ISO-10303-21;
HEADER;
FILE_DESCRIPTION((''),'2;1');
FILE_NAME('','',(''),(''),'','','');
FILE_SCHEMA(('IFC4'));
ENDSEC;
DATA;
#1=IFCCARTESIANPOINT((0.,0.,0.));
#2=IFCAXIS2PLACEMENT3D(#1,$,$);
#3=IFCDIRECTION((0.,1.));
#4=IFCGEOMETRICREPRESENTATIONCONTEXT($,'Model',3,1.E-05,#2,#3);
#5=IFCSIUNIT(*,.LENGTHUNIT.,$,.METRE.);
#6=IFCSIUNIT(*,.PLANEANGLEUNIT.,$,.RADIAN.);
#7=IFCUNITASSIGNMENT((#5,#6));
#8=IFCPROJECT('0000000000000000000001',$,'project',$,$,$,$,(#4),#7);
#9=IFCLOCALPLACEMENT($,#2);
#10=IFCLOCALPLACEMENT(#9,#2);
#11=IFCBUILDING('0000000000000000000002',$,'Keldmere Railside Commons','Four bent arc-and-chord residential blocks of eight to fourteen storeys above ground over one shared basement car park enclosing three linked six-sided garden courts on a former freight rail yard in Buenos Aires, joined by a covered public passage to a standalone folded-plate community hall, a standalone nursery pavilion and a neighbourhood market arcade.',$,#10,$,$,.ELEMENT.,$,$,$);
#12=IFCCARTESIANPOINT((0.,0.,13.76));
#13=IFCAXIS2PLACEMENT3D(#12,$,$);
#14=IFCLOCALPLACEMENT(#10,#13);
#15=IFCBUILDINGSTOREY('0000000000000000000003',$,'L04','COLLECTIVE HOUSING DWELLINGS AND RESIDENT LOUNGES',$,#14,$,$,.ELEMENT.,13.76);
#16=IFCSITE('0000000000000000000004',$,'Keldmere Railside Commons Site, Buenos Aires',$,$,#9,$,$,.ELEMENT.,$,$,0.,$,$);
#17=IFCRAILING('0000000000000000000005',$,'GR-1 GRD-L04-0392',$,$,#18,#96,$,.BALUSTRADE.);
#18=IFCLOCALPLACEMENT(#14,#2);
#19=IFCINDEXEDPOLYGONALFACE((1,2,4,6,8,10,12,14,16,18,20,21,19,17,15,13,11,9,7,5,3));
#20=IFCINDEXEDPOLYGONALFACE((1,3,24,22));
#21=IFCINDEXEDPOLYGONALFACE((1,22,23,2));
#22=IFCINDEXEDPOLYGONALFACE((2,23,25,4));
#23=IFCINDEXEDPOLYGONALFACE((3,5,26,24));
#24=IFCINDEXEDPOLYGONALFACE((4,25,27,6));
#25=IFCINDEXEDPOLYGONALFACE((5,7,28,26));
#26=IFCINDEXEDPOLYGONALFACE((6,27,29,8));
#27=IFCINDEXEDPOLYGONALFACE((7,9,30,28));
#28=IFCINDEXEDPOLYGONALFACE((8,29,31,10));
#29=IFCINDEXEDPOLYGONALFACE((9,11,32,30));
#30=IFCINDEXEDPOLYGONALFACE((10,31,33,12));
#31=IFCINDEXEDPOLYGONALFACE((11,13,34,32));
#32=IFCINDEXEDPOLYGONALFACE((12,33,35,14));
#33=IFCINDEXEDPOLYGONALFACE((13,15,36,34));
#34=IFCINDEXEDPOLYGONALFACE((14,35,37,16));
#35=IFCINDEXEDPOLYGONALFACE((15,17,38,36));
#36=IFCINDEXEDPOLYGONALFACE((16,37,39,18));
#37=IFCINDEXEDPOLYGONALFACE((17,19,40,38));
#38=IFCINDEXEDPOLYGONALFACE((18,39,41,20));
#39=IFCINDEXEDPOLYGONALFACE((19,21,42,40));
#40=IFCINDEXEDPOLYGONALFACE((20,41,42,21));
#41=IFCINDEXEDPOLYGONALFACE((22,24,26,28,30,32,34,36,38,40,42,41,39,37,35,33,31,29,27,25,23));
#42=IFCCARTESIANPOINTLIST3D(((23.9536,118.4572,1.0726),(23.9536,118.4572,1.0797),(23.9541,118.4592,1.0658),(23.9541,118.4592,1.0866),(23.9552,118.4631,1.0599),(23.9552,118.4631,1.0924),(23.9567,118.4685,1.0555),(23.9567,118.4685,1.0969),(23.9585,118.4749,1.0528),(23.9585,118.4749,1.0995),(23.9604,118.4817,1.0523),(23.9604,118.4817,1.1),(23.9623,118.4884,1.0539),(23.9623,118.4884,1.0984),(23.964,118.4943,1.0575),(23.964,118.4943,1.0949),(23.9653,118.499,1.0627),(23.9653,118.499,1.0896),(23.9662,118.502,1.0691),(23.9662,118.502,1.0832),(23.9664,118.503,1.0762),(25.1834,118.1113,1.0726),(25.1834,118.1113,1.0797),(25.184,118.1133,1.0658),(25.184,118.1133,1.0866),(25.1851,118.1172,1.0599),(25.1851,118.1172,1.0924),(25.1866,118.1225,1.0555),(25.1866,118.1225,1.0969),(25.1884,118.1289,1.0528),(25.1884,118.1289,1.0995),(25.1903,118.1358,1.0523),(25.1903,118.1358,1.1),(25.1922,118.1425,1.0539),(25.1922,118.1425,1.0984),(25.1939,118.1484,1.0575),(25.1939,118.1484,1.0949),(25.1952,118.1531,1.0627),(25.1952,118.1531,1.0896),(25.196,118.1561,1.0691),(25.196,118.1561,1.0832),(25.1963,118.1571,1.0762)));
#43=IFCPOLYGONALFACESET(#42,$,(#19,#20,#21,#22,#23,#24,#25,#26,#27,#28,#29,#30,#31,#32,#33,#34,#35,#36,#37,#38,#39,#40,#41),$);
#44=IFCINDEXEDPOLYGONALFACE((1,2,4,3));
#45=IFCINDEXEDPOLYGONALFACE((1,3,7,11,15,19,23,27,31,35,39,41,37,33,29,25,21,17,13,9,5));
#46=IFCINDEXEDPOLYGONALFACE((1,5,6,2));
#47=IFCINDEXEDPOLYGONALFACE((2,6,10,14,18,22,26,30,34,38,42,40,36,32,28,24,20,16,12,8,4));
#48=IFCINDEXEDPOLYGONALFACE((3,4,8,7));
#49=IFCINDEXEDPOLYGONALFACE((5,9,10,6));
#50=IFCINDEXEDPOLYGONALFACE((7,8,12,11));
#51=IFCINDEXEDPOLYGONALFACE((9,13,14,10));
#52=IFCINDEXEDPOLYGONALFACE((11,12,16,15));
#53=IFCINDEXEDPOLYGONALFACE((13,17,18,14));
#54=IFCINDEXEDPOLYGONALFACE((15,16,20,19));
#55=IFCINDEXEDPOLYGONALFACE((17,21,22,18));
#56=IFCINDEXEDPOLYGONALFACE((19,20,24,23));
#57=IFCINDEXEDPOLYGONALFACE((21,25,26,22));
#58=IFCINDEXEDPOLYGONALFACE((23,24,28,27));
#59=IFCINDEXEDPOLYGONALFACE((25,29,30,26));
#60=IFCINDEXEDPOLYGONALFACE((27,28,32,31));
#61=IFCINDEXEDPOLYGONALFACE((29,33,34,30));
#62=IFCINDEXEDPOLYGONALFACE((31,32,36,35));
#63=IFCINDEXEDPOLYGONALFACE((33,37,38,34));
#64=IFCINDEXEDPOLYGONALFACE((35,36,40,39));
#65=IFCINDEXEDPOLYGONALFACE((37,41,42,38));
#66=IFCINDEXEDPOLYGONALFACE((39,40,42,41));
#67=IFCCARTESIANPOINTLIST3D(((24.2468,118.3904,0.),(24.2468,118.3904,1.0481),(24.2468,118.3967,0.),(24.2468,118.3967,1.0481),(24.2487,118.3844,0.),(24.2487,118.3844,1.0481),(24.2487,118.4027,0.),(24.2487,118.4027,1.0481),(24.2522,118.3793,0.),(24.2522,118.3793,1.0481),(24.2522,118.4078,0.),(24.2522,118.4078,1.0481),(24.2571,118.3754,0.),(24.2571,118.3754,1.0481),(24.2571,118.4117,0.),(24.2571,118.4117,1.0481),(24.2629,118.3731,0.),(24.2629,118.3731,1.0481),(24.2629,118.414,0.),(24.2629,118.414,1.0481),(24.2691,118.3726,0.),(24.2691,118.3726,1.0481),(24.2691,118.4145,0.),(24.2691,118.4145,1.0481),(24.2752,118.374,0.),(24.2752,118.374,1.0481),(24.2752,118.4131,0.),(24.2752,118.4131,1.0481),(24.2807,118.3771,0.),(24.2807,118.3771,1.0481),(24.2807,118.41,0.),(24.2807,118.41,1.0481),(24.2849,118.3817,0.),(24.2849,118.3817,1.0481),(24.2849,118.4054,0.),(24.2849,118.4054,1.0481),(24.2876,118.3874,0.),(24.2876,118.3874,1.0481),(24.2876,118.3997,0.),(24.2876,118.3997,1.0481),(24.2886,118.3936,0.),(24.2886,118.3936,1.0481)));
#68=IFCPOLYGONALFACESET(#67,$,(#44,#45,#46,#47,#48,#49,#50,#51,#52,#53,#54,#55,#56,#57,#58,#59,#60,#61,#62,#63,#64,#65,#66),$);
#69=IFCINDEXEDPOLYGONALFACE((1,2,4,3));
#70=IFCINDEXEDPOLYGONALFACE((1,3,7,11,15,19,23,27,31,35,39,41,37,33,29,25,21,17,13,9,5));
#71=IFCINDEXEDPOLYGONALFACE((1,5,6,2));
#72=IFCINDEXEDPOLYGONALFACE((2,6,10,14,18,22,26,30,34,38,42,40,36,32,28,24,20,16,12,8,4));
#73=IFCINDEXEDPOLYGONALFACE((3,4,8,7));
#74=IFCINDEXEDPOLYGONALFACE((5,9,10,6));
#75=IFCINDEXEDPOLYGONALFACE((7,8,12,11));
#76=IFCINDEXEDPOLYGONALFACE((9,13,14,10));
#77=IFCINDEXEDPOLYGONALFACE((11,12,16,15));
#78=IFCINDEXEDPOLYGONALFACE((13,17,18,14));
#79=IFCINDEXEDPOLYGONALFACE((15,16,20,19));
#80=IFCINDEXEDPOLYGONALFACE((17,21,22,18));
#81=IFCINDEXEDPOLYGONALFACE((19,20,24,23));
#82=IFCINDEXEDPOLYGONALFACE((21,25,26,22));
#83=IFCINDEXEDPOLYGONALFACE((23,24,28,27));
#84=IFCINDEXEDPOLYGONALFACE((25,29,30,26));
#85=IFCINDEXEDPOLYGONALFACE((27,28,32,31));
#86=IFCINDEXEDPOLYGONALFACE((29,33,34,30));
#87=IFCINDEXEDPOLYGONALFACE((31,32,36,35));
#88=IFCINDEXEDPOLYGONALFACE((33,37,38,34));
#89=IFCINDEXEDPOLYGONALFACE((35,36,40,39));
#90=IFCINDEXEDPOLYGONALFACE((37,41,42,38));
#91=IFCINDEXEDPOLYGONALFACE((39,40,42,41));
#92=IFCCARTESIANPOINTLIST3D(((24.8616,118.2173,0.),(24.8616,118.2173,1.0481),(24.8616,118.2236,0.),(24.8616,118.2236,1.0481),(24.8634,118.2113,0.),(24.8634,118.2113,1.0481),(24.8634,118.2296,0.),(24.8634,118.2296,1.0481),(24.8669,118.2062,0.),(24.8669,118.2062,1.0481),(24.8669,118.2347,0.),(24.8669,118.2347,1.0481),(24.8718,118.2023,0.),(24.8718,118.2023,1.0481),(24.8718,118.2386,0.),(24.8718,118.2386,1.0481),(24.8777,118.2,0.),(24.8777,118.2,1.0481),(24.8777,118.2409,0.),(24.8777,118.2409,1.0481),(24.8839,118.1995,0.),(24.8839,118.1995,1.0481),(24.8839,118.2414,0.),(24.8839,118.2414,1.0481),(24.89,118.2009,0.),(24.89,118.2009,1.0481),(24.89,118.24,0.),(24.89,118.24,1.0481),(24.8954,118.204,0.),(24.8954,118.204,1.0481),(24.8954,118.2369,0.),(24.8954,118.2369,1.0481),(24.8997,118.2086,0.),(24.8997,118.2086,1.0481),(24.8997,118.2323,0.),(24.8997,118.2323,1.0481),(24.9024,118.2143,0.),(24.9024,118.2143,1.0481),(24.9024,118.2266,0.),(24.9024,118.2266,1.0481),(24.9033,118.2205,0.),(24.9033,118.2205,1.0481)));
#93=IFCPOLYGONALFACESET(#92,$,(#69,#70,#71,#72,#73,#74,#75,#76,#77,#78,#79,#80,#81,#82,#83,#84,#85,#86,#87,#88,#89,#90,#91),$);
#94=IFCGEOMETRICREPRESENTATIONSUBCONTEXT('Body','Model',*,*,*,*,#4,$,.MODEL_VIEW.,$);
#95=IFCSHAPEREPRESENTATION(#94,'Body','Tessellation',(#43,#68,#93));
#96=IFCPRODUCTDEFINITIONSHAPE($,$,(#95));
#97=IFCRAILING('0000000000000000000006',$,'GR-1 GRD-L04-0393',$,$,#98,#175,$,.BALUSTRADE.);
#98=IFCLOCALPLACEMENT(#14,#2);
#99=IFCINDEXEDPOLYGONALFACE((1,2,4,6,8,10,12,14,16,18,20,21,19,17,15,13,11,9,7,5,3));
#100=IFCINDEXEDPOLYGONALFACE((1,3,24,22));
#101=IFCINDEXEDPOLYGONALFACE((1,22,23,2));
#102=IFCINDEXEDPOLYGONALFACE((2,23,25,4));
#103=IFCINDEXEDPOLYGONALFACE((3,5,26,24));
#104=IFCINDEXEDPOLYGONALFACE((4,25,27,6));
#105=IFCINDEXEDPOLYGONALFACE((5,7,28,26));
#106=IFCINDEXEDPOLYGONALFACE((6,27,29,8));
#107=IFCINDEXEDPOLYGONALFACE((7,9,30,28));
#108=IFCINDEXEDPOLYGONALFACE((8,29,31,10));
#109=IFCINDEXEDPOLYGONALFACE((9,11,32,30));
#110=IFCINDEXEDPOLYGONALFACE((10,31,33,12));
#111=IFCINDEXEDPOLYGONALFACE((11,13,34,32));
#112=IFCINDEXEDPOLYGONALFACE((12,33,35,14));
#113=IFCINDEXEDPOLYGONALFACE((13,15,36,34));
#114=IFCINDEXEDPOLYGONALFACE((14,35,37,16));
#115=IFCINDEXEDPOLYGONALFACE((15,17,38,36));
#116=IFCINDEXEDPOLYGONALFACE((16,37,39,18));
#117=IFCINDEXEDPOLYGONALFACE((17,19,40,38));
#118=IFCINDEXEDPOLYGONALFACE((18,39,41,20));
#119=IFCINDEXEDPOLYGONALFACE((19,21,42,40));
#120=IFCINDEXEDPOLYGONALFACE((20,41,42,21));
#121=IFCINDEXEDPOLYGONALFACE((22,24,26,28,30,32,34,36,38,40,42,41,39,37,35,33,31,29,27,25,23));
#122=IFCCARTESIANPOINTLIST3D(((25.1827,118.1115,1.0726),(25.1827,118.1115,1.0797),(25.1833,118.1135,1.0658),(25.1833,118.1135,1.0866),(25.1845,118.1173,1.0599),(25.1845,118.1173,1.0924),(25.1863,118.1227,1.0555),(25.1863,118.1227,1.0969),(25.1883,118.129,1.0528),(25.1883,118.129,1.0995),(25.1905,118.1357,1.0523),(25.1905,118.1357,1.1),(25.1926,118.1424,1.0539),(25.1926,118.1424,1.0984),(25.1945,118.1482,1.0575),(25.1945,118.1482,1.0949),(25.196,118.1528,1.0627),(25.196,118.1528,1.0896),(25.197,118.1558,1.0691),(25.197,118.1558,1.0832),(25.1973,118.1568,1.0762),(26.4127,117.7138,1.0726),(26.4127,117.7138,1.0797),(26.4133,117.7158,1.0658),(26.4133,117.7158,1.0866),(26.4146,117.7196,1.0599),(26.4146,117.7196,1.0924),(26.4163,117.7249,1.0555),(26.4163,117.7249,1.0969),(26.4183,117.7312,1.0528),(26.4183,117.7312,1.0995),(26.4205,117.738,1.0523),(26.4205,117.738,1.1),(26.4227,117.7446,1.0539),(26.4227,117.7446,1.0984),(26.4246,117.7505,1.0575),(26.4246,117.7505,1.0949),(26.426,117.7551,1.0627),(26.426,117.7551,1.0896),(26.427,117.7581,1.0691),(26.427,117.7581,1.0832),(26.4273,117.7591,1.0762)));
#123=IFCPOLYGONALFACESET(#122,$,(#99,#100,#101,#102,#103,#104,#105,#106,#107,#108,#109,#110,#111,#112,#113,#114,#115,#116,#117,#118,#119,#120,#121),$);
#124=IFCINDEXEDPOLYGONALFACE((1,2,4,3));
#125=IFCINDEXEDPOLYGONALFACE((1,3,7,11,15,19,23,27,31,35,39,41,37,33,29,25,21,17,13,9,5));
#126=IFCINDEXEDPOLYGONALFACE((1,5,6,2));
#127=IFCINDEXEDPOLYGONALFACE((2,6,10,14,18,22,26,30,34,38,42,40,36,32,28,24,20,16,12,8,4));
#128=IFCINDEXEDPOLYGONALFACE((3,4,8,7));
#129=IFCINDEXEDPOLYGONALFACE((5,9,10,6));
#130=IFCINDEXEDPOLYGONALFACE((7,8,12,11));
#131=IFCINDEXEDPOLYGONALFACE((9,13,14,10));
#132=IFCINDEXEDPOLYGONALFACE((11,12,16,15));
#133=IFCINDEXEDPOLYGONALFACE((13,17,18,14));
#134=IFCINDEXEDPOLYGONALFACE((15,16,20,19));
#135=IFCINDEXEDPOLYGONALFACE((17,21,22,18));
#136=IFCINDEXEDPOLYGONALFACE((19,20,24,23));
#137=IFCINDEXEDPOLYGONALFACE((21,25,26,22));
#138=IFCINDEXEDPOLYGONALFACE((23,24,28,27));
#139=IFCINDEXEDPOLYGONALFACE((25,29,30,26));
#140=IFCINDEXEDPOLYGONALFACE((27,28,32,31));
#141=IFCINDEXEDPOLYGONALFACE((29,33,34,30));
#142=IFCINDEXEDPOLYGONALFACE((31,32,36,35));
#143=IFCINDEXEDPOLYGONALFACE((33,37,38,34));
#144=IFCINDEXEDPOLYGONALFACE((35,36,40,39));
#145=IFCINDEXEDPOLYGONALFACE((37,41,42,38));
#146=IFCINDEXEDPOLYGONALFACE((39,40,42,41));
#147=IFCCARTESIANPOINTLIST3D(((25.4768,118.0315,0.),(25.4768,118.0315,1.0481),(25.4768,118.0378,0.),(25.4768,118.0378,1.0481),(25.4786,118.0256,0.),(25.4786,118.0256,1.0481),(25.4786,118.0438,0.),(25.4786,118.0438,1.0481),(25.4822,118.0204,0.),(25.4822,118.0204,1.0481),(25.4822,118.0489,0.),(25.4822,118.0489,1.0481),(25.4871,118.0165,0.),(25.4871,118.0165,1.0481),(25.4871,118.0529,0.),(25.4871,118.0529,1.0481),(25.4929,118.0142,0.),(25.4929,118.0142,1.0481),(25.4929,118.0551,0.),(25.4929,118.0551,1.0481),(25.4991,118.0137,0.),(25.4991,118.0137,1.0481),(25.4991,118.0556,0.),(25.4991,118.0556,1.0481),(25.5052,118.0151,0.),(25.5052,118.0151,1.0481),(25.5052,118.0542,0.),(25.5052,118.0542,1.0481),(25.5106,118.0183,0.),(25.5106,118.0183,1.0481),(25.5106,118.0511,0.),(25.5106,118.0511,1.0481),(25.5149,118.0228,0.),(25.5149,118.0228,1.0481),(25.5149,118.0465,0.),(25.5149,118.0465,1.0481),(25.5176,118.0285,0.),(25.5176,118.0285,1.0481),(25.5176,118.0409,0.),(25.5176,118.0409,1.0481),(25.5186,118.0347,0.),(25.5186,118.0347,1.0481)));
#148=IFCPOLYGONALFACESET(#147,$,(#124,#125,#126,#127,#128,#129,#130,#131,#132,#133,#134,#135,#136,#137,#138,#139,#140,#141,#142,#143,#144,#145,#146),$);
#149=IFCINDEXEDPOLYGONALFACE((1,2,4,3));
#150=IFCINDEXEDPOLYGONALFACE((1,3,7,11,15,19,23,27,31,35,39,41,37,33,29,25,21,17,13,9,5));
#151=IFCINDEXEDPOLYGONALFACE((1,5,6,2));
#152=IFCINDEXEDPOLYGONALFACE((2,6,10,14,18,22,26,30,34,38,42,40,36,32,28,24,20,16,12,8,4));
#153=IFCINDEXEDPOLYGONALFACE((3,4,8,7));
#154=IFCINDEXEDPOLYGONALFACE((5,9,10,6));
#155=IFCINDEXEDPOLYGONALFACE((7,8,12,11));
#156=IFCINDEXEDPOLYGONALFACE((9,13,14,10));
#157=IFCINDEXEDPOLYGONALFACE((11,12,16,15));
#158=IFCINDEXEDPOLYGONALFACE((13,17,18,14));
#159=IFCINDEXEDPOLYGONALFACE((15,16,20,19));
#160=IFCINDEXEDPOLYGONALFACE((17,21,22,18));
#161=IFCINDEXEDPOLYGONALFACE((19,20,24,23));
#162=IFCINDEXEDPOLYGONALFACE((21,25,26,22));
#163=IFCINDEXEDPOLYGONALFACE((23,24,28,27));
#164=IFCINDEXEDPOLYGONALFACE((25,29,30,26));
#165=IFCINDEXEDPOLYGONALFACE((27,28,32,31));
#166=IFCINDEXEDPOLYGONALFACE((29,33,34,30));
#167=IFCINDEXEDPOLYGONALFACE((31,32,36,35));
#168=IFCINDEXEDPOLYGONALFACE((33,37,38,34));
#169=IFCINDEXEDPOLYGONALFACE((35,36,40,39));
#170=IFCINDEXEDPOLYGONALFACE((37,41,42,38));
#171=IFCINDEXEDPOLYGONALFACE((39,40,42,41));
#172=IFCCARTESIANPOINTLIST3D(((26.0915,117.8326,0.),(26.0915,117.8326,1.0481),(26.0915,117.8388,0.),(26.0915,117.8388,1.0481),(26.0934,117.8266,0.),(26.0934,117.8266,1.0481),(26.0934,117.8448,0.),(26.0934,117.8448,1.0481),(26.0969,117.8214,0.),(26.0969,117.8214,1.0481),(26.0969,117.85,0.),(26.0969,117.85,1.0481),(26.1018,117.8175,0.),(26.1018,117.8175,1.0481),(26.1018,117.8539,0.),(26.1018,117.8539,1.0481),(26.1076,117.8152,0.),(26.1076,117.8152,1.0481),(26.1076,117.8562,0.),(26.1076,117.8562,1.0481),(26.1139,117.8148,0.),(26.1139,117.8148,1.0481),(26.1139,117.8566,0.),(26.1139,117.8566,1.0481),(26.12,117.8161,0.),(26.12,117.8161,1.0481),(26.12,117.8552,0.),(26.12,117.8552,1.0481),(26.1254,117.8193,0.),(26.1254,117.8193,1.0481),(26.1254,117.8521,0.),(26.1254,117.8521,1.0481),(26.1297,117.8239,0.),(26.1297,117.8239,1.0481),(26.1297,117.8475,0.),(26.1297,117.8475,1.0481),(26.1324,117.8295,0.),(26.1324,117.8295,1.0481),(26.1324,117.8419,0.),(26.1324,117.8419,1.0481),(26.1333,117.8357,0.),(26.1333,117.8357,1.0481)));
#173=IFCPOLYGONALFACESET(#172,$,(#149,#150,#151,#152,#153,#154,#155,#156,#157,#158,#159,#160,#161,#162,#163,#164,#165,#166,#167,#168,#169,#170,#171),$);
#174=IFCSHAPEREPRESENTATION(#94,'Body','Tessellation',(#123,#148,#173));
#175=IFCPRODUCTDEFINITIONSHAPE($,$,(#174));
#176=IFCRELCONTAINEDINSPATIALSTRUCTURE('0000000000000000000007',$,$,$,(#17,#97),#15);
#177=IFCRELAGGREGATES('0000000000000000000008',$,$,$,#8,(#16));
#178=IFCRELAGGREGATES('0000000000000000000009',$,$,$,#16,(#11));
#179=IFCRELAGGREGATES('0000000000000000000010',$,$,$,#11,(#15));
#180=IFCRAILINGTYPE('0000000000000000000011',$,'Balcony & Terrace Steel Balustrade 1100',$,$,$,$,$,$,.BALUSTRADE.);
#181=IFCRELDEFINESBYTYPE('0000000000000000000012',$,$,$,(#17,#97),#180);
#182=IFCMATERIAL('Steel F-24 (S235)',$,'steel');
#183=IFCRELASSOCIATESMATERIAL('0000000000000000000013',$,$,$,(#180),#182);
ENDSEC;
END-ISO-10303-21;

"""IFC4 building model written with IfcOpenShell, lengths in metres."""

from ifc_helpers import new_model, si_unit, direction, frame, origin, origin_2d, place, context, subcontext, project, spatial, circle, extrude, material, type_object, element, save


model = new_model("IFC4")

# Units and contexts
model_context = context("Model", 3, precision=1e-05, world=origin(), true_north=direction((0.0, 1.0)))
body_context = subcontext(model_context, "Body", "Model", "MODEL_VIEW")
ifc_project = project(units=[si_unit("LENGTHUNIT", "METRE"), si_unit("PLANEANGLEUNIT", "RADIAN")], contexts=[model_context])

# Site, building, storey
site_placement = place(None, origin())
site = spatial("IfcSite", under=ifc_project, at=site_placement, Name="Keldmere Railside Commons Site, Buenos Aires", CompositionType="ELEMENT", RefElevation=0.0)
building_placement = place(site_placement, origin())
building = spatial("IfcBuilding", under=site, at=building_placement, Name="Keldmere Railside Commons", Description="Four bent arc-and-chord residential blocks of eight to fourteen storeys above ground over one shared basement car park enclosing three linked six-sided garden courts on a former freight rail yard in Buenos Aires, joined by a covered public passage to a standalone folded-plate community hall, a standalone nursery pavilion and a neighbourhood market arcade.", CompositionType="ELEMENT")
storey_placement = place(building_placement, frame((0.0, 0.0, 13.76)))
storey = spatial("IfcBuildingStorey", under=building, at=storey_placement, Name="L04", Description="COLLECTIVE HOUSING DWELLINGS AND RESIDENT LOUNGES", CompositionType="ELEMENT", Elevation=13.76)

# Shared definitions
ifc_material_1 = material(Name="Steel F-24 (S235)", Category="steel")

# Railings
railing_type = type_object("IfcRailingType", Name="Balcony & Terrace Steel Balustrade 1100", PredefinedType="BALUSTRADE", material=ifc_material_1)
railing_1_placement = place(storey_placement, frame((23.96, 118.48, 0.0)))
element("IfcRailing", 1, at=railing_1_placement, inside=storey, type_object=railing_type, Name="GR-1 GRD-L04-0392", PredefinedType="BALUSTRADE", context=body_context, shape_type="SweptSolid", body=[
    extrude(circle(Radius=0.0239, at=origin_2d()), frame((0.0, 0.0, 1.0762), z_axis=(0.962648, -0.270757, 0.0), x_axis=(0.270757, 0.962648, 0.0)), (0.0, 0.0, 1.0), 1.2776),
    extrude(circle(Radius=0.021, at=origin_2d()), frame((0.3076, -0.0864, 0.0)), (0.0, 0.0, 1.0), 1.0481),
    extrude(circle(Radius=0.021, at=origin_2d()), frame((0.9224, -0.2595, 0.0)), (0.0, 0.0, 1.0), 1.0481),
])
railing_2_placement = place(storey_placement, frame((25.1899, 118.134, 0.0)))
element("IfcRailing", 2, at=railing_2_placement, inside=storey, type_object=railing_type, Name="GR-1 GRD-L04-0393", PredefinedType="BALUSTRADE", context=body_context, shape_type="SweptSolid", body=[
    extrude(circle(Radius=0.0239, at=origin_2d()), frame((0.0, 0.0, 1.0762), z_axis=(0.951497, -0.307659, 0.0), x_axis=(0.307659, 0.951497, 0.0)), (0.0, 0.0, 1.0), 1.2927),
    extrude(circle(Radius=0.021, at=origin_2d()), frame((0.3076, -0.0994, 0.0)), (0.0, 0.0, 1.0), 1.0481),
    extrude(circle(Radius=0.021, at=origin_2d()), frame((0.9224, -0.2983, 0.0)), (0.0, 0.0, 1.0), 1.0481),
])

save(model, "model.ifc")
